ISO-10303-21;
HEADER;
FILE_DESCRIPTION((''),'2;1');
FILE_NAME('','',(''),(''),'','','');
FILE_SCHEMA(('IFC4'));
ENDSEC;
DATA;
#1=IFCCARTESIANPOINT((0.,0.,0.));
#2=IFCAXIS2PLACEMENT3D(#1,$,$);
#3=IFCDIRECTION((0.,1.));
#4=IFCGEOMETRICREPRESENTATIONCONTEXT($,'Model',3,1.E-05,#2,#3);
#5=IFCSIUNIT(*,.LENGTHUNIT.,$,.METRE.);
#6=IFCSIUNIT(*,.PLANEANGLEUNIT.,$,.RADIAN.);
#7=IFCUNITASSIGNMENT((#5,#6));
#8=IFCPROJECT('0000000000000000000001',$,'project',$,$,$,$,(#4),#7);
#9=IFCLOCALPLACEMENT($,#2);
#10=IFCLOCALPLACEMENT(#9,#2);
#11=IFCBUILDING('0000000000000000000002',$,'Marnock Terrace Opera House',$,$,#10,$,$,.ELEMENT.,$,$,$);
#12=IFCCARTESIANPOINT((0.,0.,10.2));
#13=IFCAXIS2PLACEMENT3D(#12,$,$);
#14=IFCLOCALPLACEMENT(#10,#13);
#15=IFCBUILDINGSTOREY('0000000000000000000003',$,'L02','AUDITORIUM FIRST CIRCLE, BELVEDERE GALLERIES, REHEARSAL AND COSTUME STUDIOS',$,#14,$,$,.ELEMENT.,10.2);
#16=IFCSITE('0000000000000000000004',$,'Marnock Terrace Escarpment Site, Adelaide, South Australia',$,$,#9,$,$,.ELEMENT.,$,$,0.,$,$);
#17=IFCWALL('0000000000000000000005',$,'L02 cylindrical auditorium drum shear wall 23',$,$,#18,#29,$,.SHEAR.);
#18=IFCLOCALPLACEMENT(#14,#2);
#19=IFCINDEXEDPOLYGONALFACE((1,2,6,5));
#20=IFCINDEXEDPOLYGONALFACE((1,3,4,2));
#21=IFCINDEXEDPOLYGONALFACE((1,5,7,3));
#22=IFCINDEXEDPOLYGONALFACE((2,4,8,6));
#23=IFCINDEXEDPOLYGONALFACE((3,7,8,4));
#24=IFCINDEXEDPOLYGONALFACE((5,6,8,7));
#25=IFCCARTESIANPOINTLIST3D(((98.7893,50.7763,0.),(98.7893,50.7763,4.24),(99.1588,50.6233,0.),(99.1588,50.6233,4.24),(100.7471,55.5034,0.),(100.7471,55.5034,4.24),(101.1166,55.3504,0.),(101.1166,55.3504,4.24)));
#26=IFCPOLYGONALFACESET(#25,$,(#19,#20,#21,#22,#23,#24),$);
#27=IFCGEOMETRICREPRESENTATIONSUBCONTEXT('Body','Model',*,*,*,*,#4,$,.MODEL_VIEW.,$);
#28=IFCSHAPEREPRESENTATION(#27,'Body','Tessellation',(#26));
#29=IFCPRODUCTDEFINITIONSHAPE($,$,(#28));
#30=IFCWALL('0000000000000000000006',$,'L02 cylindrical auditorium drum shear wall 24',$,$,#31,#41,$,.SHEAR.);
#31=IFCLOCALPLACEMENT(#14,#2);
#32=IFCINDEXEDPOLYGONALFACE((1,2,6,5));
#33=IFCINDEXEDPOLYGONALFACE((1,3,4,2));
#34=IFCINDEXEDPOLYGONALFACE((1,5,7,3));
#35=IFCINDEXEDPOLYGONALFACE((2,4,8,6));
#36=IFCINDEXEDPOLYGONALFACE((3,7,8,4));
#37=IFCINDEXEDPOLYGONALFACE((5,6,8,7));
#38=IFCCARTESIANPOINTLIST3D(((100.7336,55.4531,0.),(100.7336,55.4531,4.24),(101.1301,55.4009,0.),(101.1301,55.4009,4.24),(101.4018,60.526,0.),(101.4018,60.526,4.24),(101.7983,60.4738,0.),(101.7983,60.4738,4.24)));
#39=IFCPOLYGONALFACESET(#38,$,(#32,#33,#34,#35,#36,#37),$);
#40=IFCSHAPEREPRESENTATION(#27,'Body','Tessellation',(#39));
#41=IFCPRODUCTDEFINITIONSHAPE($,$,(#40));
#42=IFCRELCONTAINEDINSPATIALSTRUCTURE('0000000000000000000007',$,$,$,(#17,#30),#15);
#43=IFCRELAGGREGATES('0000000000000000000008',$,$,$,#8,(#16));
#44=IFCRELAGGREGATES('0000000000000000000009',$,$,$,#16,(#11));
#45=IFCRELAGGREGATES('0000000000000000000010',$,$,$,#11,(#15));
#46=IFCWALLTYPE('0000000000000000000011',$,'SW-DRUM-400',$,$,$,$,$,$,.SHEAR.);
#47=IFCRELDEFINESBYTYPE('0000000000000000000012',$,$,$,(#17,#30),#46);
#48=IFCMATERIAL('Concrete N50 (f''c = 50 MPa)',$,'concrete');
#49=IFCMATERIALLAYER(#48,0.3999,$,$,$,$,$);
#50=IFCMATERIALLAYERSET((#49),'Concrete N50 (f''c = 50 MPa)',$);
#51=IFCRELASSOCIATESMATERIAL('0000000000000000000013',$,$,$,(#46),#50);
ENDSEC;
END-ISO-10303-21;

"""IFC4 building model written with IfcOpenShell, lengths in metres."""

from ifc_helpers import new_model, si_unit, direction, frame, frame_2d, origin, place, context, subcontext, project, spatial, rectangle, extrude, material, layer, layer_set, type_object, element, save


model = new_model("IFC4")

# Units and contexts
model_context = context("Model", 3, precision=1e-05, world=origin(), true_north=direction((0.0, 1.0)))
body_context = subcontext(model_context, "Body", "Model", "MODEL_VIEW")
ifc_project = project(units=[si_unit("LENGTHUNIT", "METRE"), si_unit("PLANEANGLEUNIT", "RADIAN")], contexts=[model_context])

# Site, building, storey
site_placement = place(None, origin())
site = spatial("IfcSite", under=ifc_project, at=site_placement, Name="Marnock Terrace Escarpment Site, Adelaide, South Australia", CompositionType="ELEMENT", RefElevation=0.0)
building_placement = place(site_placement, origin())
building = spatial("IfcBuilding", under=site, at=building_placement, Name="Marnock Terrace Opera House", CompositionType="ELEMENT")
storey_placement = place(building_placement, frame((0.0, 0.0, 10.2)))
storey = spatial("IfcBuildingStorey", under=building, at=storey_placement, Name="L02", Description="AUDITORIUM FIRST CIRCLE, BELVEDERE GALLERIES, REHEARSAL AND COSTUME STUDIOS", CompositionType="ELEMENT", Elevation=10.2)

# Shared definitions
ifc_material_1 = material(Name="Concrete N50 (f'c = 50 MPa)", Category="concrete")

# Walls
ifc_layer_1 = layer(ifc_material_1, 0.3999)
ifc_layer_set_1 = layer_set([ifc_layer_1], Name="Concrete N50 (f'c = 50 MPa)")
wall_type = type_object("IfcWallType", Name="SW-DRUM-400", PredefinedType="SHEAR", material=ifc_layer_set_1)
wall_1_placement = place(storey_placement, frame((98.9741, 50.7, 0.0), z_axis=(0.0, 0.0, 1.0), x_axis=(0.382643, 0.923896, 0.0)))
element("IfcWall", 1, at=wall_1_placement, inside=storey, type_object=wall_type, Name="L02 cylindrical auditorium drum shear wall 23", PredefinedType="SHEAR", context=body_context, shape_type="SweptSolid", body=[
    extrude(rectangle(XDim=5.1165, YDim=0.3999, at=frame_2d((2.5581, 0.0))), origin(), (0.0, 0.0, 1.0), 4.24),
])
wall_2_placement = place(storey_placement, frame((100.9319, 55.427, 0.0), z_axis=(0.0, 0.0, 1.0), x_axis=(0.130592, 0.991436, 0.0)))
element("IfcWall", 2, at=wall_2_placement, inside=storey, type_object=wall_type, Name="L02 cylindrical auditorium drum shear wall 24", PredefinedType="SHEAR", context=body_context, shape_type="SweptSolid", body=[
    extrude(rectangle(XDim=5.1167, YDim=0.3999, at=frame_2d((2.5583, 0.0))), origin(), (0.0, 0.0, 1.0), 4.24),
])

save(model, "model.ifc")
